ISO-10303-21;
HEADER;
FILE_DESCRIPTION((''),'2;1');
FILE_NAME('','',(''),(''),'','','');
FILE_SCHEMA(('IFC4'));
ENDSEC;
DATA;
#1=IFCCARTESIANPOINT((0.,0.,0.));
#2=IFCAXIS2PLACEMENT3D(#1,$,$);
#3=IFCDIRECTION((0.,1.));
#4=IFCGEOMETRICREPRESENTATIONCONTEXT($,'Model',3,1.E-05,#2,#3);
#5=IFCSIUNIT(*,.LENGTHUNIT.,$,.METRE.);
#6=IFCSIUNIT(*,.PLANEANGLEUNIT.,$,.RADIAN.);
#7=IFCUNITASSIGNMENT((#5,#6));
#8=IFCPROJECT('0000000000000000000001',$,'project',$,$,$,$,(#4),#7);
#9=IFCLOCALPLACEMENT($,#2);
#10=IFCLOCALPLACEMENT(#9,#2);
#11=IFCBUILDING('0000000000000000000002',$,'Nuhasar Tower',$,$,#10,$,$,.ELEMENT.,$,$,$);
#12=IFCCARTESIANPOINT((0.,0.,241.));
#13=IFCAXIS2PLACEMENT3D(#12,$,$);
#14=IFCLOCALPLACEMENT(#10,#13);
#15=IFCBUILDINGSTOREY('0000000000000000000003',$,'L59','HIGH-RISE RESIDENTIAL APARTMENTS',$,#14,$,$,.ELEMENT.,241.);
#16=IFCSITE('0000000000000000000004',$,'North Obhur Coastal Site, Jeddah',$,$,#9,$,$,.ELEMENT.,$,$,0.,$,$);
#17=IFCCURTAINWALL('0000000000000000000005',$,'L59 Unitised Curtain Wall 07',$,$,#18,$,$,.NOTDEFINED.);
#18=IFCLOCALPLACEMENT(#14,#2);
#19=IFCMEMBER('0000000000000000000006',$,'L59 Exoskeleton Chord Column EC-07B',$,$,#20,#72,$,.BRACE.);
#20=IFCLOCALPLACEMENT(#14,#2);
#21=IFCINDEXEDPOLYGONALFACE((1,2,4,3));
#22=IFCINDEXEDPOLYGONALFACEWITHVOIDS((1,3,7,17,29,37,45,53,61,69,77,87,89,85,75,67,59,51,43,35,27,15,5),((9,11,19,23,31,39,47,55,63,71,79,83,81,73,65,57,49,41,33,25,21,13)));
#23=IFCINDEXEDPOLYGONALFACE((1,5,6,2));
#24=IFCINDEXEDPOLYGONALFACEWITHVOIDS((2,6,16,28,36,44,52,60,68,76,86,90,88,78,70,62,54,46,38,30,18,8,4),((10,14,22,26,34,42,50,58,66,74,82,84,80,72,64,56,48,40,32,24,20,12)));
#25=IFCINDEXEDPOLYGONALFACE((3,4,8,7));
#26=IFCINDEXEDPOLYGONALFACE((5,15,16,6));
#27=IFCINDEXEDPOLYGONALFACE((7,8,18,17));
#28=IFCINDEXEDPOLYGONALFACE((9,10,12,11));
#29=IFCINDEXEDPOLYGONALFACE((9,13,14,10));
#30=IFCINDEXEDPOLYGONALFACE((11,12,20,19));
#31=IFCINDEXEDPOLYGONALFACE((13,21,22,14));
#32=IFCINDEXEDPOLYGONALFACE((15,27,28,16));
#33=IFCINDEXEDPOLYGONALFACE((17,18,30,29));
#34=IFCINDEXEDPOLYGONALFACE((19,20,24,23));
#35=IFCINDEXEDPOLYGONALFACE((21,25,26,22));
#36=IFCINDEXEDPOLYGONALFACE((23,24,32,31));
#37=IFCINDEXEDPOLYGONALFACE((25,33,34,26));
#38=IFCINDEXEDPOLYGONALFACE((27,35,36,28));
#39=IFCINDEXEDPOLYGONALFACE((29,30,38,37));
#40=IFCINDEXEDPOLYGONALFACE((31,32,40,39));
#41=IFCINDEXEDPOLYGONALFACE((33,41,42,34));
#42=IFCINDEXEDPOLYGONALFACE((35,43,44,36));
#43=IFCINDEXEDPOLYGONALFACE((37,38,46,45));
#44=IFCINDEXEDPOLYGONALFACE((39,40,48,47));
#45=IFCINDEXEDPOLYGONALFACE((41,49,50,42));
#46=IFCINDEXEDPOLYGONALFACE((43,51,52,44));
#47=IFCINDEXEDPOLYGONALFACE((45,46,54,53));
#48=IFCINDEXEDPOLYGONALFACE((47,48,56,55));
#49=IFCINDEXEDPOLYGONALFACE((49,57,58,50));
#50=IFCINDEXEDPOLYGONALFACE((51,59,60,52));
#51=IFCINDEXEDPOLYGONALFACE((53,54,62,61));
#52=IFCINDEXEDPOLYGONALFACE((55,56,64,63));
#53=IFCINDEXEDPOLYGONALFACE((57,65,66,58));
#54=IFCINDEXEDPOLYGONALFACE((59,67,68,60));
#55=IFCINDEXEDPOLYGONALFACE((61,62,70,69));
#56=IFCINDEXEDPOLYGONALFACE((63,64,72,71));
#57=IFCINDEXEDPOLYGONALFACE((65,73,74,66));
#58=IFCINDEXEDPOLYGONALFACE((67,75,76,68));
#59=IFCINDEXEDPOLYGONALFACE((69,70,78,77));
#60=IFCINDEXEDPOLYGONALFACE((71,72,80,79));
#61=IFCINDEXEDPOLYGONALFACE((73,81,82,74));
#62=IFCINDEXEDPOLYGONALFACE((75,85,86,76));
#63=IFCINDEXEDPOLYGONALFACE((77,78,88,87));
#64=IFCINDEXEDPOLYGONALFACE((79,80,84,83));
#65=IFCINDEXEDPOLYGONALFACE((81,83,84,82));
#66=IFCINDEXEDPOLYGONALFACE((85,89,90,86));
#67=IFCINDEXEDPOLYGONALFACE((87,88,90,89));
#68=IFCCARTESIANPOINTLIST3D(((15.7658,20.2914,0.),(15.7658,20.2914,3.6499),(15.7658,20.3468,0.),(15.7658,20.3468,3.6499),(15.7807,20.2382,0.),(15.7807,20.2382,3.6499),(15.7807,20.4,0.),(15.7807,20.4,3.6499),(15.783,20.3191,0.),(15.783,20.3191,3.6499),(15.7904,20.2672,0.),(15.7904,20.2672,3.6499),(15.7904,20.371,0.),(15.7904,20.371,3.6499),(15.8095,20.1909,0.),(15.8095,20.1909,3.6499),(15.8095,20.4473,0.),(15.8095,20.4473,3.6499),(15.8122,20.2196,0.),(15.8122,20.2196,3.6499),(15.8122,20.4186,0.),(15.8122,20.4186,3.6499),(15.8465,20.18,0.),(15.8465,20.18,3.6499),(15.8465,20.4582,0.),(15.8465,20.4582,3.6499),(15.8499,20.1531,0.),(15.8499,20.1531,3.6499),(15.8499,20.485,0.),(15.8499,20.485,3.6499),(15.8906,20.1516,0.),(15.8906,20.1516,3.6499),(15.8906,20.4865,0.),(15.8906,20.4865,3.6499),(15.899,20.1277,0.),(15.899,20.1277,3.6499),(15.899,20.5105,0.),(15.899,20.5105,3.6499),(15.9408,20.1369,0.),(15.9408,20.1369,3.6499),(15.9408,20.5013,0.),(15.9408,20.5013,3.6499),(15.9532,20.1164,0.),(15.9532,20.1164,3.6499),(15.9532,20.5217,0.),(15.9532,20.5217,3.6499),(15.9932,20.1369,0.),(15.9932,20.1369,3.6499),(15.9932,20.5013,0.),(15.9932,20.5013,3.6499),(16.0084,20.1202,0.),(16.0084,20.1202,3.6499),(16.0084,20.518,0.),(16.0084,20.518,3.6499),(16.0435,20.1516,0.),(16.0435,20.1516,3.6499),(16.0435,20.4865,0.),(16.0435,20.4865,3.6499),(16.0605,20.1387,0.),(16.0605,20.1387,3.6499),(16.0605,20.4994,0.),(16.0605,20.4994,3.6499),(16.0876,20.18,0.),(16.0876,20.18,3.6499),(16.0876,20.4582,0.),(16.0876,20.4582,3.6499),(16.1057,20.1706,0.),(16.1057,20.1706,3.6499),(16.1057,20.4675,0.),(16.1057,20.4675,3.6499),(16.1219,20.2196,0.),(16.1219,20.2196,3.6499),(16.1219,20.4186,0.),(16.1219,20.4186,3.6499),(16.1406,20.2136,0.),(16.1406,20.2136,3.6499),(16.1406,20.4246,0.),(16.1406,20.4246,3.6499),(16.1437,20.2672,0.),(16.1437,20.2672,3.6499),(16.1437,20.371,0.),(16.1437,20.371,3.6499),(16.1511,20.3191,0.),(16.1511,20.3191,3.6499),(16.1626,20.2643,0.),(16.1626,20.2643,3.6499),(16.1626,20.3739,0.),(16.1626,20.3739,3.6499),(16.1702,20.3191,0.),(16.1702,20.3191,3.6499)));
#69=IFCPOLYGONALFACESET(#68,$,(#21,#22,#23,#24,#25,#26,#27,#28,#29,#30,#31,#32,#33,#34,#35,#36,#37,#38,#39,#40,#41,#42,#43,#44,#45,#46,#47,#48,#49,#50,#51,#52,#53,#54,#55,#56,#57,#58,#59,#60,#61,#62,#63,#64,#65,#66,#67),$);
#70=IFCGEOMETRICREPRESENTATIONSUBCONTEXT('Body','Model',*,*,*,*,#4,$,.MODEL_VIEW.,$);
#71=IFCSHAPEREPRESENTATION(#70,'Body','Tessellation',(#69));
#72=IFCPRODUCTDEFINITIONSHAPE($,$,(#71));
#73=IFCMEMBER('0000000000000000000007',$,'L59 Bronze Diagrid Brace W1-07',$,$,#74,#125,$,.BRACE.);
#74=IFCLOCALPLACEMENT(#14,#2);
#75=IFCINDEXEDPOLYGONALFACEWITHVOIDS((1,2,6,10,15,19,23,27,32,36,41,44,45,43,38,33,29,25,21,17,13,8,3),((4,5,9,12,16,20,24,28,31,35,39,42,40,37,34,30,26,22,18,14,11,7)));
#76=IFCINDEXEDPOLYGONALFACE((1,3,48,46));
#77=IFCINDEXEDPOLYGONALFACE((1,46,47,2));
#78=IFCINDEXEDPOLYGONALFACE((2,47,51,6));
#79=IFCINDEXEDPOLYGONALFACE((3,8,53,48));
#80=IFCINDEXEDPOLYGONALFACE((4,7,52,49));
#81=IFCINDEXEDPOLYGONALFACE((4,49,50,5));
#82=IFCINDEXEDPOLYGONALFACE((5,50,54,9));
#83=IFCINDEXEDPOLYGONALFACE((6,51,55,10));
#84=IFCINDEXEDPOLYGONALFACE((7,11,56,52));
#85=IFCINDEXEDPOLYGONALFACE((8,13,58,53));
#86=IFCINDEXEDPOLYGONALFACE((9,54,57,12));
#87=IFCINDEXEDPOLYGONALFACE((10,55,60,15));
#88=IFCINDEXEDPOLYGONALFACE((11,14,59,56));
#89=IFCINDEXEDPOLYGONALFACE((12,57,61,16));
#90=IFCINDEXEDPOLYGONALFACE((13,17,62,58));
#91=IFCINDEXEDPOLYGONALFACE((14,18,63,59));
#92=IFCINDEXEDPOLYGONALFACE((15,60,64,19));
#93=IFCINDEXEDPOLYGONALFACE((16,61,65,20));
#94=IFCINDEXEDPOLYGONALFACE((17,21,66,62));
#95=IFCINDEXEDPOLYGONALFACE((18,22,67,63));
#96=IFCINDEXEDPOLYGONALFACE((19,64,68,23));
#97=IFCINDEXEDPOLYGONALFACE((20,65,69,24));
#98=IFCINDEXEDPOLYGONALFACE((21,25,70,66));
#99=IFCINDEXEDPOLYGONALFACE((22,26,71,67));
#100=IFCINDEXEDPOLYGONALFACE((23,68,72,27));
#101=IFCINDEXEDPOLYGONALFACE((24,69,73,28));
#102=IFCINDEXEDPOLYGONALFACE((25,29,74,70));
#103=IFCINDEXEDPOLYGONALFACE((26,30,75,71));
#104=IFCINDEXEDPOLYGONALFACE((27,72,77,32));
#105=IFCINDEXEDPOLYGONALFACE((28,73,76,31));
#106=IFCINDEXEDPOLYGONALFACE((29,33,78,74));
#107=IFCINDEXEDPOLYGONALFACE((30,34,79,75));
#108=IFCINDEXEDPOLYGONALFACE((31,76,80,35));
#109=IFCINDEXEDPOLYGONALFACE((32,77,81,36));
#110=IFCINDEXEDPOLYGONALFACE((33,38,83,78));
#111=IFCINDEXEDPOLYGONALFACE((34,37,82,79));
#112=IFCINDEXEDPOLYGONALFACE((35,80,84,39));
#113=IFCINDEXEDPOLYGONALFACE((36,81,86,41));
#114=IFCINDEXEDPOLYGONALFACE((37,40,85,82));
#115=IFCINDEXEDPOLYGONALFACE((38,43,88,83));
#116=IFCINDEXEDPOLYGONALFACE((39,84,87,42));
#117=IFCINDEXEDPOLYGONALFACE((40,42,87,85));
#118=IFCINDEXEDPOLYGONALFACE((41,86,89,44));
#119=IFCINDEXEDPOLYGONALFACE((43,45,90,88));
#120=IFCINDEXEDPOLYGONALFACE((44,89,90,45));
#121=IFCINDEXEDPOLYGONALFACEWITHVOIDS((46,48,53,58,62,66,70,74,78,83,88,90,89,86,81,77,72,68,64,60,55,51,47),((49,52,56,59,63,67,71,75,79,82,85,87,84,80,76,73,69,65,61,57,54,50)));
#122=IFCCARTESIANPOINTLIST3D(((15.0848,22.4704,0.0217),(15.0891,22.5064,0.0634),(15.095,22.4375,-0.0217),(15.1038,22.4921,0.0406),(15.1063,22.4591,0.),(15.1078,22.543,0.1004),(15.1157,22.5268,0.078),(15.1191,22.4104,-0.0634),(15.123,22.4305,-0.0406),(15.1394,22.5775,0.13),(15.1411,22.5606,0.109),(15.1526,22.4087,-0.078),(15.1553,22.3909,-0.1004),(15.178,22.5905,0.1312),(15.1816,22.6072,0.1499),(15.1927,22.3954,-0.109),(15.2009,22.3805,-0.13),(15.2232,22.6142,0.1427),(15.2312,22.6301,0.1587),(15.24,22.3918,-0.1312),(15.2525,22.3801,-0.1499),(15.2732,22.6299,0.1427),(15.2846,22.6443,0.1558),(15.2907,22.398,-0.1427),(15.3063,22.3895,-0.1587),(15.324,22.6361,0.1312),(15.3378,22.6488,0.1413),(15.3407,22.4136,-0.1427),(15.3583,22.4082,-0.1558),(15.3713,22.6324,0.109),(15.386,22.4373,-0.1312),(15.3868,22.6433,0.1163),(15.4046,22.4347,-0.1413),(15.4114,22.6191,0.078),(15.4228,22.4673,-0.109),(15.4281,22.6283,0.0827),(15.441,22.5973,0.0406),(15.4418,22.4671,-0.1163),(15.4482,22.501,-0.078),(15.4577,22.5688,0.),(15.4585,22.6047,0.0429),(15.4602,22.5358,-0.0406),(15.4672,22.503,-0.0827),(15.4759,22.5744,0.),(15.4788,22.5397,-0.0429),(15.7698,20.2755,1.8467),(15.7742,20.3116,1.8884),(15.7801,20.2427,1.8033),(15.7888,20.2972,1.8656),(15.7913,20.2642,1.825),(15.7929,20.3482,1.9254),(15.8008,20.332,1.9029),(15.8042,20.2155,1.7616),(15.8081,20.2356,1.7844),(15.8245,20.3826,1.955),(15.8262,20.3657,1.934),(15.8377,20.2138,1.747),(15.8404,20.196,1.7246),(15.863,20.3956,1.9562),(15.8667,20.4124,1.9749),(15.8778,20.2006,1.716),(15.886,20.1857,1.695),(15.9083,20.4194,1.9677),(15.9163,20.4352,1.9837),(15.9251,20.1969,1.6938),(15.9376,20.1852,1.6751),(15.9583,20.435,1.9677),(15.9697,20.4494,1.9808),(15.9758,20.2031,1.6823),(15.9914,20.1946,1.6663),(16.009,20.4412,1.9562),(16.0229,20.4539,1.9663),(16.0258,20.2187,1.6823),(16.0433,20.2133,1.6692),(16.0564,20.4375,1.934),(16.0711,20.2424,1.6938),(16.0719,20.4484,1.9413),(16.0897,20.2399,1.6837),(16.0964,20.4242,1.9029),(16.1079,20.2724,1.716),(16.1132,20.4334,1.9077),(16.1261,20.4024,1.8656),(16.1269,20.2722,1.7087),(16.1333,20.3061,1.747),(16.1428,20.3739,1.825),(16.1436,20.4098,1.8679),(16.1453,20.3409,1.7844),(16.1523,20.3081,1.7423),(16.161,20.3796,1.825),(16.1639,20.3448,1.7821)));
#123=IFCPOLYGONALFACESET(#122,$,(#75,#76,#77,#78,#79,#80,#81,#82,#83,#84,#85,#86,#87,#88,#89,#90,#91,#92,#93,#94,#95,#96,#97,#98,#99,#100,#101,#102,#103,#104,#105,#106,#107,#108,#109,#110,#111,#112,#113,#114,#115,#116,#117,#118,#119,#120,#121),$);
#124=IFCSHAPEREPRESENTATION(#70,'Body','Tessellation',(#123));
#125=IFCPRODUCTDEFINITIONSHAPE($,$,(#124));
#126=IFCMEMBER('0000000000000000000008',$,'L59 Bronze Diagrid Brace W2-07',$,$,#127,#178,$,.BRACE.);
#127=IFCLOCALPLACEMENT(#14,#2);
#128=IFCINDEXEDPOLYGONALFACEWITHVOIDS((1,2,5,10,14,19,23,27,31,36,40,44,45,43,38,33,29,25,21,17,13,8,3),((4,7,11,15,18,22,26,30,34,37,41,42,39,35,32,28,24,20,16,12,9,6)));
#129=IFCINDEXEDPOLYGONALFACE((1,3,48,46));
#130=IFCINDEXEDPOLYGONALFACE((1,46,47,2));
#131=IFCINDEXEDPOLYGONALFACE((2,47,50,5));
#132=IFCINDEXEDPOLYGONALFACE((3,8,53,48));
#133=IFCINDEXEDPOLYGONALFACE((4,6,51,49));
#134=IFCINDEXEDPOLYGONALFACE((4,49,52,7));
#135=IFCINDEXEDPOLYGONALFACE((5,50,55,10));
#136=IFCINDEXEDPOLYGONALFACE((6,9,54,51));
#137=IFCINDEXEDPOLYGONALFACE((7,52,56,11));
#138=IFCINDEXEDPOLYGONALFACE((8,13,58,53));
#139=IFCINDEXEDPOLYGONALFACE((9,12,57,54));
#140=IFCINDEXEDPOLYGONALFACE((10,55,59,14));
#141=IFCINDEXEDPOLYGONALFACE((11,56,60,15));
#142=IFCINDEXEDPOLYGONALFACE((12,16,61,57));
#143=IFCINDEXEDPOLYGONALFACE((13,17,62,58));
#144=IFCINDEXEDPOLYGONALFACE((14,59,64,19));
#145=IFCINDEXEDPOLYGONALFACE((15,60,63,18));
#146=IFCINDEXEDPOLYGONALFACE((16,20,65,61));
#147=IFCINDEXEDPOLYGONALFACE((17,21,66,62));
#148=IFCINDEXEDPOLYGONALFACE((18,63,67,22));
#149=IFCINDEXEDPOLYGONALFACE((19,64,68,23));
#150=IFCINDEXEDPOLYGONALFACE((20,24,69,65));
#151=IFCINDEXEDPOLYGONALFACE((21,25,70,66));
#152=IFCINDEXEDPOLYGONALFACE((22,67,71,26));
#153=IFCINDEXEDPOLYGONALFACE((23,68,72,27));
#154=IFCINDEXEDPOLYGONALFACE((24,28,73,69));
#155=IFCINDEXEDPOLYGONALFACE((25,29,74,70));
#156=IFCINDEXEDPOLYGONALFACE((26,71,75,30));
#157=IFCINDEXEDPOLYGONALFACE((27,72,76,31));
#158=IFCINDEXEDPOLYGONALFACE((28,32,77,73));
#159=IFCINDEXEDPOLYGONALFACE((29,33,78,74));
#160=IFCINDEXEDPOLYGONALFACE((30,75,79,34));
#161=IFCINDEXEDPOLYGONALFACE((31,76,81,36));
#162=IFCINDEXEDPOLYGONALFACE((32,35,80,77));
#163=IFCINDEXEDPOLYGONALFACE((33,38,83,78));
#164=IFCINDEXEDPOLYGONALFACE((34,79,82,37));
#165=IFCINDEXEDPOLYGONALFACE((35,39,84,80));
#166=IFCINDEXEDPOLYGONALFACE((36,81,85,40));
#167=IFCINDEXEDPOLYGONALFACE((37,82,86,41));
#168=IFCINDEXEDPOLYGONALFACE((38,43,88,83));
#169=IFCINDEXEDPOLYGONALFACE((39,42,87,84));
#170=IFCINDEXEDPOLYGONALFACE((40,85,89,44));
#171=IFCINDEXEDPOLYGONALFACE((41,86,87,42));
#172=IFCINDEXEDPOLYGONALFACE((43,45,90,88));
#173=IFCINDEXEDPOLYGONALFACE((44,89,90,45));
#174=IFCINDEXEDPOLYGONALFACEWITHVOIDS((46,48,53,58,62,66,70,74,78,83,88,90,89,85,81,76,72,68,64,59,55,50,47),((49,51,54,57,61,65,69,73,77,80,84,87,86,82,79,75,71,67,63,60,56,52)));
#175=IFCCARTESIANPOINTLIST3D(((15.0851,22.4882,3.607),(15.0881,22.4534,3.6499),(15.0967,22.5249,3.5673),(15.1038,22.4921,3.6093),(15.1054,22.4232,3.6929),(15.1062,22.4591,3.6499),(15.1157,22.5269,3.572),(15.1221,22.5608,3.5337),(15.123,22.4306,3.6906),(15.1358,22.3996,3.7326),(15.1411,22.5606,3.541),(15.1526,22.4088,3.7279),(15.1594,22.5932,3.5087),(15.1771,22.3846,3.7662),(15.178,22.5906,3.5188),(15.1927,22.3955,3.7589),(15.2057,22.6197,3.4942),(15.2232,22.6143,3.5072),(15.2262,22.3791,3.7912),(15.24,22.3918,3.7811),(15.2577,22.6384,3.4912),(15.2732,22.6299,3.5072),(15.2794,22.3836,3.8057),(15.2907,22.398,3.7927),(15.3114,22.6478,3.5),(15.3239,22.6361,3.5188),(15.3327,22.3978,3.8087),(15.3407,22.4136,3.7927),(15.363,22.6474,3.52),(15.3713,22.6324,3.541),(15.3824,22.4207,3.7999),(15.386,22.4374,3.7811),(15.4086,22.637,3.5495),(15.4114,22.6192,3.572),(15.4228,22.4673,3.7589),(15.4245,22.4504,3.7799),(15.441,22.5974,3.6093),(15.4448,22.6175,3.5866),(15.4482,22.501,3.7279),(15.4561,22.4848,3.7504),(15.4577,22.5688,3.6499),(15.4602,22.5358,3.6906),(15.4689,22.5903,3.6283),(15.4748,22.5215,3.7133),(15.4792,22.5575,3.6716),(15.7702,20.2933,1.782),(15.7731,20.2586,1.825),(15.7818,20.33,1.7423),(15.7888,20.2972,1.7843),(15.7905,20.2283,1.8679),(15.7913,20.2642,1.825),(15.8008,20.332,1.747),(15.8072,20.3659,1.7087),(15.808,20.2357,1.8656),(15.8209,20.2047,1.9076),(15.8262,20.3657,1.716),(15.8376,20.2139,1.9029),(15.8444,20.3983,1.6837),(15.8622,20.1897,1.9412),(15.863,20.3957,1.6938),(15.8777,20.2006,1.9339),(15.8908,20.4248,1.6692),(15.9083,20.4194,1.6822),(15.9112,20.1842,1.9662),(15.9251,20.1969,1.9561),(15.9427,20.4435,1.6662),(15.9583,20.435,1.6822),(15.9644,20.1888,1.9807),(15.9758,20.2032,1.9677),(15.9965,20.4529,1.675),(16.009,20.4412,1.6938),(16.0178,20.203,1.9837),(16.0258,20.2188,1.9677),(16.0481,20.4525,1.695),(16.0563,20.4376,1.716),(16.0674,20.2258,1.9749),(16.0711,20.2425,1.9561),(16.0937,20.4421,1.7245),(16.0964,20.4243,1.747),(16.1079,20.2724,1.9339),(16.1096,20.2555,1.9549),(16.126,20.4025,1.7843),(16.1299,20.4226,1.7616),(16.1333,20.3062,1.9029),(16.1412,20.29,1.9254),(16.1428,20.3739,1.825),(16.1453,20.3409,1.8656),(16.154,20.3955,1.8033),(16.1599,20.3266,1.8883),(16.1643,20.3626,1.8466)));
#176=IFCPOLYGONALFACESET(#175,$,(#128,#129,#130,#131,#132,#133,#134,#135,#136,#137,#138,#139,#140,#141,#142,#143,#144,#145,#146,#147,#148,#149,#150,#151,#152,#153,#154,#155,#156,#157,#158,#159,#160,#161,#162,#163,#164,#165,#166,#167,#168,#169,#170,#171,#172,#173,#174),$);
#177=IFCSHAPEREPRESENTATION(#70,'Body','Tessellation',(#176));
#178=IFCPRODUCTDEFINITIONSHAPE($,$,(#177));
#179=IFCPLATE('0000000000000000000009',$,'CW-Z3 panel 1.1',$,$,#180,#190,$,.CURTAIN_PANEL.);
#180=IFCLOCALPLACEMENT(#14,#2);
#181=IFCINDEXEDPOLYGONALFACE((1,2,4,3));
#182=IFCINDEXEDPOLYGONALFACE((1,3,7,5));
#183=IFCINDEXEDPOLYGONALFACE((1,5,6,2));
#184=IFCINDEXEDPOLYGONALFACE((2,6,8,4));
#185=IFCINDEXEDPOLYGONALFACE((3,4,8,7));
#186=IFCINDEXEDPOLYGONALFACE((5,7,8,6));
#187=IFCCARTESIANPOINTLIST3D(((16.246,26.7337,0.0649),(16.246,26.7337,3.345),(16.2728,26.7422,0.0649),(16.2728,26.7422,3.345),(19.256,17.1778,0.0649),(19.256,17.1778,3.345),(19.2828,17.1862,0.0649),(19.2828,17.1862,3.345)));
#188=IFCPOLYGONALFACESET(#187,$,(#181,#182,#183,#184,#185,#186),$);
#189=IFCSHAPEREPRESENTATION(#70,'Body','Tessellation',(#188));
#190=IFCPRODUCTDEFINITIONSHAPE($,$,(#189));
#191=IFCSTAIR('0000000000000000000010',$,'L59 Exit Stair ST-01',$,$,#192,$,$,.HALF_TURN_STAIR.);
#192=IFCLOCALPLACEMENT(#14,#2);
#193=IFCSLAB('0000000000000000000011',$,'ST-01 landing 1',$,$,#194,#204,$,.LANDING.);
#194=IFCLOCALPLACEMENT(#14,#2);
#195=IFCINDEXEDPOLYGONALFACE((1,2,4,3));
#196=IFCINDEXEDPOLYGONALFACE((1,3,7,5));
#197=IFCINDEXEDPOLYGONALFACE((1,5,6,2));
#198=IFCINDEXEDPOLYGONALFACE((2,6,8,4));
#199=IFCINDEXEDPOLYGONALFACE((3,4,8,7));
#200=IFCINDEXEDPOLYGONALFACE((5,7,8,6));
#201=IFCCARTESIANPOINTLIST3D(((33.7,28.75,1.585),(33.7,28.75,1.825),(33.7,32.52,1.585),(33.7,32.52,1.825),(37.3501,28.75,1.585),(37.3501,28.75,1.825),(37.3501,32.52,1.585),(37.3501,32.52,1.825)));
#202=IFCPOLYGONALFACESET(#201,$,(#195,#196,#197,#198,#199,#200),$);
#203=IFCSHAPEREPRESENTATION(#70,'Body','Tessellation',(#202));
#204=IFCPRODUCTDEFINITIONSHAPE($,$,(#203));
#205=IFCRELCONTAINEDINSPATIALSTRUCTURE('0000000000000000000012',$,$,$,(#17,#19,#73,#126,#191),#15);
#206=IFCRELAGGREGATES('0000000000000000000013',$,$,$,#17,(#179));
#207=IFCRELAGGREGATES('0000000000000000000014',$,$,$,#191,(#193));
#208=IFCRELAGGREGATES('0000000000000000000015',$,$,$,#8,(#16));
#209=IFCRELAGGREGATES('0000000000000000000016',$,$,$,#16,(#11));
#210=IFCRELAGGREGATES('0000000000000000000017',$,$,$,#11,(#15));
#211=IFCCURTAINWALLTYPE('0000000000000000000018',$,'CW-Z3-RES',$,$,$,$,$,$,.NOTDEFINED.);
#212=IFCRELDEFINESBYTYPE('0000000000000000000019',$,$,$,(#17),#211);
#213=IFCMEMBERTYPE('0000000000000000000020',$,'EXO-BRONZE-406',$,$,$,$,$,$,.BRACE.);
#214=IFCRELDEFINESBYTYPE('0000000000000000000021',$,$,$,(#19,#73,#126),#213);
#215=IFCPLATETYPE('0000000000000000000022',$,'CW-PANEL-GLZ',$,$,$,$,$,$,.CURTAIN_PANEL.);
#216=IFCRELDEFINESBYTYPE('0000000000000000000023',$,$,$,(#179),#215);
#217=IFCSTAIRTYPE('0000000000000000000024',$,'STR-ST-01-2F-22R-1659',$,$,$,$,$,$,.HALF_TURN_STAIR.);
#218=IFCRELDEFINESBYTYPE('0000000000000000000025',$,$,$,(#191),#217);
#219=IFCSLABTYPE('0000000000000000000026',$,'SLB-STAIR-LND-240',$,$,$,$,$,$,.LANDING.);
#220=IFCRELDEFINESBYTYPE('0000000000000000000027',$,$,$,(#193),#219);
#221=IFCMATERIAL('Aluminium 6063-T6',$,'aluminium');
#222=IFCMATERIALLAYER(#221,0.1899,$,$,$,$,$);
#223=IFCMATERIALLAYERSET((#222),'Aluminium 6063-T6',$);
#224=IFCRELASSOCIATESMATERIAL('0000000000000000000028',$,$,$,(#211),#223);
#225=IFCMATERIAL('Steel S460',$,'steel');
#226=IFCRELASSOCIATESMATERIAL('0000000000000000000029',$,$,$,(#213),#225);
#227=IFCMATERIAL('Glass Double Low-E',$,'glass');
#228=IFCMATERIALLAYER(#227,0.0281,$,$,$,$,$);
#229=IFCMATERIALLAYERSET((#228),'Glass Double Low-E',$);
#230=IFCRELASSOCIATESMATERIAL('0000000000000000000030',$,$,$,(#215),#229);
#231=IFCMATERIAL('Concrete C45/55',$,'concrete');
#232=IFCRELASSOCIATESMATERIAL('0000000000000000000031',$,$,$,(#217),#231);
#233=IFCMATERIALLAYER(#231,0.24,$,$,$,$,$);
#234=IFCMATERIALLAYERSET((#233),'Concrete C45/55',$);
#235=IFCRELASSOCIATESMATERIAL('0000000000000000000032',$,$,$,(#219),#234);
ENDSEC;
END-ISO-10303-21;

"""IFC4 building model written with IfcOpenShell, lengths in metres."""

from ifc_helpers import new_model, si_unit, direction, frame, origin, origin_2d, place, context, subcontext, project, spatial, polyline, rectangle, hollow_circle, outline, extrude, material, layer, layer_set, material_profile, profile_set, type_object, element, aggregate, save


model = new_model("IFC4")

# Units and contexts
model_context = context("Model", 3, precision=1e-05, world=origin(), true_north=direction((0.0, 1.0)))
body_context = subcontext(model_context, "Body", "Model", "MODEL_VIEW")
ifc_project = project(units=[si_unit("LENGTHUNIT", "METRE"), si_unit("PLANEANGLEUNIT", "RADIAN")], contexts=[model_context])

# Site, building, storey
site_placement = place(None, origin())
site = spatial("IfcSite", under=ifc_project, at=site_placement, Name="North Obhur Coastal Site, Jeddah", CompositionType="ELEMENT", RefElevation=0.0)
building_placement = place(site_placement, origin())
building = spatial("IfcBuilding", under=site, at=building_placement, Name="Nuhasar Tower", CompositionType="ELEMENT")
storey_placement = place(building_placement, frame((0.0, 0.0, 241.0)))
storey = spatial("IfcBuildingStorey", under=building, at=storey_placement, Name="L59", Description="HIGH-RISE RESIDENTIAL APARTMENTS", CompositionType="ELEMENT", Elevation=241.0)

# Curtain wall
ifc_material_1 = material(Name="Aluminium 6063-T6", Category="aluminium")
ifc_layer_1 = layer(ifc_material_1, 0.1899)
ifc_layer_set_1 = layer_set([ifc_layer_1], Name="Aluminium 6063-T6")
curtain_wall_type = type_object("IfcCurtainWallType", Name="CW-Z3-RES", PredefinedType="NOTDEFINED", material=ifc_layer_set_1)
curtain_wall_1_placement = place(storey_placement, origin())
curtain_wall_1 = element("IfcCurtainWall", 1, at=curtain_wall_1_placement, inside=storey, type_object=curtain_wall_type, Name="L59 Unitised Curtain Wall 07", PredefinedType="NOTDEFINED")

# Members
ifc_material_2 = material(Name="Steel S460", Category="steel")
ifc_material_profile_1 = material_profile(ifc_material_2, hollow_circle(Radius=0.2031, WallThickness=0.019, at=origin_2d()), Name="HSS406.4X19.1")
ifc_profile_set_1 = profile_set([ifc_material_profile_1], Name="Steel S460")
member_type_1 = type_object("IfcMemberType", Name="EXO-BRONZE-406", PredefinedType="BRACE", material=ifc_profile_set_1)
for number, where, z_axis, x_axis, name in (
    (2, (15.967, 20.3191, 0.0), (0.0, 0.0, 1.0), (1.0, 0.0, 0.0), "L59 Exoskeleton Chord Column EC-07B"),
):
    element("IfcMember", number, at=place(storey_placement, frame(where, z_axis=z_axis, x_axis=x_axis)), inside=storey, type_object=member_type_1, Name=name, PredefinedType="BRACE", context=body_context, shape_type="SweptSolid", body=[
        extrude(hollow_circle(Radius=0.2031, WallThickness=0.019, at=origin_2d()), origin(), (0.0, 0.0, 1.0), 3.6499),
    ])
for number, where, z_axis, x_axis, name in (
    (3, (15.282, 22.5139, 0.0), (0.233372, -0.74769, 0.621689), (0.954582, 0.297948, 0.0), "L59 Bronze Diagrid Brace W1-07"),
    (4, (15.967, 20.3191, 1.825), (-0.233372, 0.74769, 0.621689), (-0.954582, -0.297948, 0.0), "L59 Bronze Diagrid Brace W2-07"),
):
    element("IfcMember", number, at=place(storey_placement, frame(where, z_axis=z_axis, x_axis=x_axis)), inside=storey, type_object=member_type_1, Name=name, PredefinedType="BRACE", context=body_context, shape_type="SweptSolid", body=[
        extrude(hollow_circle(Radius=0.2031, WallThickness=0.019, at=origin_2d()), origin(), (0.0, 0.0, 1.0), 2.9355),
    ])

# Plate
ifc_material_3 = material(Name="Glass Double Low-E", Category="glass")
ifc_layer_2 = layer(ifc_material_3, 0.0281)
ifc_layer_set_2 = layer_set([ifc_layer_2], Name="Glass Double Low-E")
plate_type = type_object("IfcPlateType", Name="CW-PANEL-GLZ", PredefinedType="CURTAIN_PANEL", material=ifc_layer_set_2)
plate_placement = place(storey_placement, frame((17.7644, 21.96, 0.0649), z_axis=(0.0, 0.0, 1.0), x_axis=(0.300429, -0.953804, 0.0)))
plate = element("IfcPlate", 5, at=plate_placement, type_object=plate_type, Name="CW-Z3 panel 1.1", PredefinedType="CURTAIN_PANEL", context=body_context, shape_type="SweptSolid", body=[
    extrude(rectangle(XDim=10.0188, YDim=0.0281, at=origin_2d()), origin(), (0.0, 0.0, 1.0), 3.28),
])
aggregate(curtain_wall_1, [plate])

# Stair, slab
ifc_material_4 = material(Name="Concrete C45/55", Category="concrete")
stair_type_1 = type_object("IfcStairType", Name="STR-ST-01-2F-22R-1659", PredefinedType="HALF_TURN_STAIR", material=ifc_material_4)
stair_1_placement = place(storey_placement, origin())
stair_1 = element("IfcStair", 6, at=stair_1_placement, inside=storey, type_object=stair_type_1, Name="L59 Exit Stair ST-01", PredefinedType="HALF_TURN_STAIR")
ifc_layer_3 = layer(ifc_material_4, 0.24)
ifc_layer_set_3 = layer_set([ifc_layer_3], Name="Concrete C45/55")
slab_type_1 = type_object("IfcSlabType", Name="SLB-STAIR-LND-240", PredefinedType="LANDING", material=ifc_layer_set_3)
slab_1_placement = place(storey_placement, frame((0.0, 0.0, 1.585)))
slab_1 = element("IfcSlab", 7, at=slab_1_placement, type_object=slab_type_1, Name="ST-01 landing 1", PredefinedType="LANDING", context=body_context, shape_type="SweptSolid", body=[
    extrude(outline(polyline([(33.7, 28.75), (37.3501, 28.75), (37.3501, 32.52), (33.7, 32.52), (33.7, 28.75)])), origin(), (0.0, 0.0, 1.0), 0.24),
])
aggregate(stair_1, [slab_1])

save(model, "model.ifc")
